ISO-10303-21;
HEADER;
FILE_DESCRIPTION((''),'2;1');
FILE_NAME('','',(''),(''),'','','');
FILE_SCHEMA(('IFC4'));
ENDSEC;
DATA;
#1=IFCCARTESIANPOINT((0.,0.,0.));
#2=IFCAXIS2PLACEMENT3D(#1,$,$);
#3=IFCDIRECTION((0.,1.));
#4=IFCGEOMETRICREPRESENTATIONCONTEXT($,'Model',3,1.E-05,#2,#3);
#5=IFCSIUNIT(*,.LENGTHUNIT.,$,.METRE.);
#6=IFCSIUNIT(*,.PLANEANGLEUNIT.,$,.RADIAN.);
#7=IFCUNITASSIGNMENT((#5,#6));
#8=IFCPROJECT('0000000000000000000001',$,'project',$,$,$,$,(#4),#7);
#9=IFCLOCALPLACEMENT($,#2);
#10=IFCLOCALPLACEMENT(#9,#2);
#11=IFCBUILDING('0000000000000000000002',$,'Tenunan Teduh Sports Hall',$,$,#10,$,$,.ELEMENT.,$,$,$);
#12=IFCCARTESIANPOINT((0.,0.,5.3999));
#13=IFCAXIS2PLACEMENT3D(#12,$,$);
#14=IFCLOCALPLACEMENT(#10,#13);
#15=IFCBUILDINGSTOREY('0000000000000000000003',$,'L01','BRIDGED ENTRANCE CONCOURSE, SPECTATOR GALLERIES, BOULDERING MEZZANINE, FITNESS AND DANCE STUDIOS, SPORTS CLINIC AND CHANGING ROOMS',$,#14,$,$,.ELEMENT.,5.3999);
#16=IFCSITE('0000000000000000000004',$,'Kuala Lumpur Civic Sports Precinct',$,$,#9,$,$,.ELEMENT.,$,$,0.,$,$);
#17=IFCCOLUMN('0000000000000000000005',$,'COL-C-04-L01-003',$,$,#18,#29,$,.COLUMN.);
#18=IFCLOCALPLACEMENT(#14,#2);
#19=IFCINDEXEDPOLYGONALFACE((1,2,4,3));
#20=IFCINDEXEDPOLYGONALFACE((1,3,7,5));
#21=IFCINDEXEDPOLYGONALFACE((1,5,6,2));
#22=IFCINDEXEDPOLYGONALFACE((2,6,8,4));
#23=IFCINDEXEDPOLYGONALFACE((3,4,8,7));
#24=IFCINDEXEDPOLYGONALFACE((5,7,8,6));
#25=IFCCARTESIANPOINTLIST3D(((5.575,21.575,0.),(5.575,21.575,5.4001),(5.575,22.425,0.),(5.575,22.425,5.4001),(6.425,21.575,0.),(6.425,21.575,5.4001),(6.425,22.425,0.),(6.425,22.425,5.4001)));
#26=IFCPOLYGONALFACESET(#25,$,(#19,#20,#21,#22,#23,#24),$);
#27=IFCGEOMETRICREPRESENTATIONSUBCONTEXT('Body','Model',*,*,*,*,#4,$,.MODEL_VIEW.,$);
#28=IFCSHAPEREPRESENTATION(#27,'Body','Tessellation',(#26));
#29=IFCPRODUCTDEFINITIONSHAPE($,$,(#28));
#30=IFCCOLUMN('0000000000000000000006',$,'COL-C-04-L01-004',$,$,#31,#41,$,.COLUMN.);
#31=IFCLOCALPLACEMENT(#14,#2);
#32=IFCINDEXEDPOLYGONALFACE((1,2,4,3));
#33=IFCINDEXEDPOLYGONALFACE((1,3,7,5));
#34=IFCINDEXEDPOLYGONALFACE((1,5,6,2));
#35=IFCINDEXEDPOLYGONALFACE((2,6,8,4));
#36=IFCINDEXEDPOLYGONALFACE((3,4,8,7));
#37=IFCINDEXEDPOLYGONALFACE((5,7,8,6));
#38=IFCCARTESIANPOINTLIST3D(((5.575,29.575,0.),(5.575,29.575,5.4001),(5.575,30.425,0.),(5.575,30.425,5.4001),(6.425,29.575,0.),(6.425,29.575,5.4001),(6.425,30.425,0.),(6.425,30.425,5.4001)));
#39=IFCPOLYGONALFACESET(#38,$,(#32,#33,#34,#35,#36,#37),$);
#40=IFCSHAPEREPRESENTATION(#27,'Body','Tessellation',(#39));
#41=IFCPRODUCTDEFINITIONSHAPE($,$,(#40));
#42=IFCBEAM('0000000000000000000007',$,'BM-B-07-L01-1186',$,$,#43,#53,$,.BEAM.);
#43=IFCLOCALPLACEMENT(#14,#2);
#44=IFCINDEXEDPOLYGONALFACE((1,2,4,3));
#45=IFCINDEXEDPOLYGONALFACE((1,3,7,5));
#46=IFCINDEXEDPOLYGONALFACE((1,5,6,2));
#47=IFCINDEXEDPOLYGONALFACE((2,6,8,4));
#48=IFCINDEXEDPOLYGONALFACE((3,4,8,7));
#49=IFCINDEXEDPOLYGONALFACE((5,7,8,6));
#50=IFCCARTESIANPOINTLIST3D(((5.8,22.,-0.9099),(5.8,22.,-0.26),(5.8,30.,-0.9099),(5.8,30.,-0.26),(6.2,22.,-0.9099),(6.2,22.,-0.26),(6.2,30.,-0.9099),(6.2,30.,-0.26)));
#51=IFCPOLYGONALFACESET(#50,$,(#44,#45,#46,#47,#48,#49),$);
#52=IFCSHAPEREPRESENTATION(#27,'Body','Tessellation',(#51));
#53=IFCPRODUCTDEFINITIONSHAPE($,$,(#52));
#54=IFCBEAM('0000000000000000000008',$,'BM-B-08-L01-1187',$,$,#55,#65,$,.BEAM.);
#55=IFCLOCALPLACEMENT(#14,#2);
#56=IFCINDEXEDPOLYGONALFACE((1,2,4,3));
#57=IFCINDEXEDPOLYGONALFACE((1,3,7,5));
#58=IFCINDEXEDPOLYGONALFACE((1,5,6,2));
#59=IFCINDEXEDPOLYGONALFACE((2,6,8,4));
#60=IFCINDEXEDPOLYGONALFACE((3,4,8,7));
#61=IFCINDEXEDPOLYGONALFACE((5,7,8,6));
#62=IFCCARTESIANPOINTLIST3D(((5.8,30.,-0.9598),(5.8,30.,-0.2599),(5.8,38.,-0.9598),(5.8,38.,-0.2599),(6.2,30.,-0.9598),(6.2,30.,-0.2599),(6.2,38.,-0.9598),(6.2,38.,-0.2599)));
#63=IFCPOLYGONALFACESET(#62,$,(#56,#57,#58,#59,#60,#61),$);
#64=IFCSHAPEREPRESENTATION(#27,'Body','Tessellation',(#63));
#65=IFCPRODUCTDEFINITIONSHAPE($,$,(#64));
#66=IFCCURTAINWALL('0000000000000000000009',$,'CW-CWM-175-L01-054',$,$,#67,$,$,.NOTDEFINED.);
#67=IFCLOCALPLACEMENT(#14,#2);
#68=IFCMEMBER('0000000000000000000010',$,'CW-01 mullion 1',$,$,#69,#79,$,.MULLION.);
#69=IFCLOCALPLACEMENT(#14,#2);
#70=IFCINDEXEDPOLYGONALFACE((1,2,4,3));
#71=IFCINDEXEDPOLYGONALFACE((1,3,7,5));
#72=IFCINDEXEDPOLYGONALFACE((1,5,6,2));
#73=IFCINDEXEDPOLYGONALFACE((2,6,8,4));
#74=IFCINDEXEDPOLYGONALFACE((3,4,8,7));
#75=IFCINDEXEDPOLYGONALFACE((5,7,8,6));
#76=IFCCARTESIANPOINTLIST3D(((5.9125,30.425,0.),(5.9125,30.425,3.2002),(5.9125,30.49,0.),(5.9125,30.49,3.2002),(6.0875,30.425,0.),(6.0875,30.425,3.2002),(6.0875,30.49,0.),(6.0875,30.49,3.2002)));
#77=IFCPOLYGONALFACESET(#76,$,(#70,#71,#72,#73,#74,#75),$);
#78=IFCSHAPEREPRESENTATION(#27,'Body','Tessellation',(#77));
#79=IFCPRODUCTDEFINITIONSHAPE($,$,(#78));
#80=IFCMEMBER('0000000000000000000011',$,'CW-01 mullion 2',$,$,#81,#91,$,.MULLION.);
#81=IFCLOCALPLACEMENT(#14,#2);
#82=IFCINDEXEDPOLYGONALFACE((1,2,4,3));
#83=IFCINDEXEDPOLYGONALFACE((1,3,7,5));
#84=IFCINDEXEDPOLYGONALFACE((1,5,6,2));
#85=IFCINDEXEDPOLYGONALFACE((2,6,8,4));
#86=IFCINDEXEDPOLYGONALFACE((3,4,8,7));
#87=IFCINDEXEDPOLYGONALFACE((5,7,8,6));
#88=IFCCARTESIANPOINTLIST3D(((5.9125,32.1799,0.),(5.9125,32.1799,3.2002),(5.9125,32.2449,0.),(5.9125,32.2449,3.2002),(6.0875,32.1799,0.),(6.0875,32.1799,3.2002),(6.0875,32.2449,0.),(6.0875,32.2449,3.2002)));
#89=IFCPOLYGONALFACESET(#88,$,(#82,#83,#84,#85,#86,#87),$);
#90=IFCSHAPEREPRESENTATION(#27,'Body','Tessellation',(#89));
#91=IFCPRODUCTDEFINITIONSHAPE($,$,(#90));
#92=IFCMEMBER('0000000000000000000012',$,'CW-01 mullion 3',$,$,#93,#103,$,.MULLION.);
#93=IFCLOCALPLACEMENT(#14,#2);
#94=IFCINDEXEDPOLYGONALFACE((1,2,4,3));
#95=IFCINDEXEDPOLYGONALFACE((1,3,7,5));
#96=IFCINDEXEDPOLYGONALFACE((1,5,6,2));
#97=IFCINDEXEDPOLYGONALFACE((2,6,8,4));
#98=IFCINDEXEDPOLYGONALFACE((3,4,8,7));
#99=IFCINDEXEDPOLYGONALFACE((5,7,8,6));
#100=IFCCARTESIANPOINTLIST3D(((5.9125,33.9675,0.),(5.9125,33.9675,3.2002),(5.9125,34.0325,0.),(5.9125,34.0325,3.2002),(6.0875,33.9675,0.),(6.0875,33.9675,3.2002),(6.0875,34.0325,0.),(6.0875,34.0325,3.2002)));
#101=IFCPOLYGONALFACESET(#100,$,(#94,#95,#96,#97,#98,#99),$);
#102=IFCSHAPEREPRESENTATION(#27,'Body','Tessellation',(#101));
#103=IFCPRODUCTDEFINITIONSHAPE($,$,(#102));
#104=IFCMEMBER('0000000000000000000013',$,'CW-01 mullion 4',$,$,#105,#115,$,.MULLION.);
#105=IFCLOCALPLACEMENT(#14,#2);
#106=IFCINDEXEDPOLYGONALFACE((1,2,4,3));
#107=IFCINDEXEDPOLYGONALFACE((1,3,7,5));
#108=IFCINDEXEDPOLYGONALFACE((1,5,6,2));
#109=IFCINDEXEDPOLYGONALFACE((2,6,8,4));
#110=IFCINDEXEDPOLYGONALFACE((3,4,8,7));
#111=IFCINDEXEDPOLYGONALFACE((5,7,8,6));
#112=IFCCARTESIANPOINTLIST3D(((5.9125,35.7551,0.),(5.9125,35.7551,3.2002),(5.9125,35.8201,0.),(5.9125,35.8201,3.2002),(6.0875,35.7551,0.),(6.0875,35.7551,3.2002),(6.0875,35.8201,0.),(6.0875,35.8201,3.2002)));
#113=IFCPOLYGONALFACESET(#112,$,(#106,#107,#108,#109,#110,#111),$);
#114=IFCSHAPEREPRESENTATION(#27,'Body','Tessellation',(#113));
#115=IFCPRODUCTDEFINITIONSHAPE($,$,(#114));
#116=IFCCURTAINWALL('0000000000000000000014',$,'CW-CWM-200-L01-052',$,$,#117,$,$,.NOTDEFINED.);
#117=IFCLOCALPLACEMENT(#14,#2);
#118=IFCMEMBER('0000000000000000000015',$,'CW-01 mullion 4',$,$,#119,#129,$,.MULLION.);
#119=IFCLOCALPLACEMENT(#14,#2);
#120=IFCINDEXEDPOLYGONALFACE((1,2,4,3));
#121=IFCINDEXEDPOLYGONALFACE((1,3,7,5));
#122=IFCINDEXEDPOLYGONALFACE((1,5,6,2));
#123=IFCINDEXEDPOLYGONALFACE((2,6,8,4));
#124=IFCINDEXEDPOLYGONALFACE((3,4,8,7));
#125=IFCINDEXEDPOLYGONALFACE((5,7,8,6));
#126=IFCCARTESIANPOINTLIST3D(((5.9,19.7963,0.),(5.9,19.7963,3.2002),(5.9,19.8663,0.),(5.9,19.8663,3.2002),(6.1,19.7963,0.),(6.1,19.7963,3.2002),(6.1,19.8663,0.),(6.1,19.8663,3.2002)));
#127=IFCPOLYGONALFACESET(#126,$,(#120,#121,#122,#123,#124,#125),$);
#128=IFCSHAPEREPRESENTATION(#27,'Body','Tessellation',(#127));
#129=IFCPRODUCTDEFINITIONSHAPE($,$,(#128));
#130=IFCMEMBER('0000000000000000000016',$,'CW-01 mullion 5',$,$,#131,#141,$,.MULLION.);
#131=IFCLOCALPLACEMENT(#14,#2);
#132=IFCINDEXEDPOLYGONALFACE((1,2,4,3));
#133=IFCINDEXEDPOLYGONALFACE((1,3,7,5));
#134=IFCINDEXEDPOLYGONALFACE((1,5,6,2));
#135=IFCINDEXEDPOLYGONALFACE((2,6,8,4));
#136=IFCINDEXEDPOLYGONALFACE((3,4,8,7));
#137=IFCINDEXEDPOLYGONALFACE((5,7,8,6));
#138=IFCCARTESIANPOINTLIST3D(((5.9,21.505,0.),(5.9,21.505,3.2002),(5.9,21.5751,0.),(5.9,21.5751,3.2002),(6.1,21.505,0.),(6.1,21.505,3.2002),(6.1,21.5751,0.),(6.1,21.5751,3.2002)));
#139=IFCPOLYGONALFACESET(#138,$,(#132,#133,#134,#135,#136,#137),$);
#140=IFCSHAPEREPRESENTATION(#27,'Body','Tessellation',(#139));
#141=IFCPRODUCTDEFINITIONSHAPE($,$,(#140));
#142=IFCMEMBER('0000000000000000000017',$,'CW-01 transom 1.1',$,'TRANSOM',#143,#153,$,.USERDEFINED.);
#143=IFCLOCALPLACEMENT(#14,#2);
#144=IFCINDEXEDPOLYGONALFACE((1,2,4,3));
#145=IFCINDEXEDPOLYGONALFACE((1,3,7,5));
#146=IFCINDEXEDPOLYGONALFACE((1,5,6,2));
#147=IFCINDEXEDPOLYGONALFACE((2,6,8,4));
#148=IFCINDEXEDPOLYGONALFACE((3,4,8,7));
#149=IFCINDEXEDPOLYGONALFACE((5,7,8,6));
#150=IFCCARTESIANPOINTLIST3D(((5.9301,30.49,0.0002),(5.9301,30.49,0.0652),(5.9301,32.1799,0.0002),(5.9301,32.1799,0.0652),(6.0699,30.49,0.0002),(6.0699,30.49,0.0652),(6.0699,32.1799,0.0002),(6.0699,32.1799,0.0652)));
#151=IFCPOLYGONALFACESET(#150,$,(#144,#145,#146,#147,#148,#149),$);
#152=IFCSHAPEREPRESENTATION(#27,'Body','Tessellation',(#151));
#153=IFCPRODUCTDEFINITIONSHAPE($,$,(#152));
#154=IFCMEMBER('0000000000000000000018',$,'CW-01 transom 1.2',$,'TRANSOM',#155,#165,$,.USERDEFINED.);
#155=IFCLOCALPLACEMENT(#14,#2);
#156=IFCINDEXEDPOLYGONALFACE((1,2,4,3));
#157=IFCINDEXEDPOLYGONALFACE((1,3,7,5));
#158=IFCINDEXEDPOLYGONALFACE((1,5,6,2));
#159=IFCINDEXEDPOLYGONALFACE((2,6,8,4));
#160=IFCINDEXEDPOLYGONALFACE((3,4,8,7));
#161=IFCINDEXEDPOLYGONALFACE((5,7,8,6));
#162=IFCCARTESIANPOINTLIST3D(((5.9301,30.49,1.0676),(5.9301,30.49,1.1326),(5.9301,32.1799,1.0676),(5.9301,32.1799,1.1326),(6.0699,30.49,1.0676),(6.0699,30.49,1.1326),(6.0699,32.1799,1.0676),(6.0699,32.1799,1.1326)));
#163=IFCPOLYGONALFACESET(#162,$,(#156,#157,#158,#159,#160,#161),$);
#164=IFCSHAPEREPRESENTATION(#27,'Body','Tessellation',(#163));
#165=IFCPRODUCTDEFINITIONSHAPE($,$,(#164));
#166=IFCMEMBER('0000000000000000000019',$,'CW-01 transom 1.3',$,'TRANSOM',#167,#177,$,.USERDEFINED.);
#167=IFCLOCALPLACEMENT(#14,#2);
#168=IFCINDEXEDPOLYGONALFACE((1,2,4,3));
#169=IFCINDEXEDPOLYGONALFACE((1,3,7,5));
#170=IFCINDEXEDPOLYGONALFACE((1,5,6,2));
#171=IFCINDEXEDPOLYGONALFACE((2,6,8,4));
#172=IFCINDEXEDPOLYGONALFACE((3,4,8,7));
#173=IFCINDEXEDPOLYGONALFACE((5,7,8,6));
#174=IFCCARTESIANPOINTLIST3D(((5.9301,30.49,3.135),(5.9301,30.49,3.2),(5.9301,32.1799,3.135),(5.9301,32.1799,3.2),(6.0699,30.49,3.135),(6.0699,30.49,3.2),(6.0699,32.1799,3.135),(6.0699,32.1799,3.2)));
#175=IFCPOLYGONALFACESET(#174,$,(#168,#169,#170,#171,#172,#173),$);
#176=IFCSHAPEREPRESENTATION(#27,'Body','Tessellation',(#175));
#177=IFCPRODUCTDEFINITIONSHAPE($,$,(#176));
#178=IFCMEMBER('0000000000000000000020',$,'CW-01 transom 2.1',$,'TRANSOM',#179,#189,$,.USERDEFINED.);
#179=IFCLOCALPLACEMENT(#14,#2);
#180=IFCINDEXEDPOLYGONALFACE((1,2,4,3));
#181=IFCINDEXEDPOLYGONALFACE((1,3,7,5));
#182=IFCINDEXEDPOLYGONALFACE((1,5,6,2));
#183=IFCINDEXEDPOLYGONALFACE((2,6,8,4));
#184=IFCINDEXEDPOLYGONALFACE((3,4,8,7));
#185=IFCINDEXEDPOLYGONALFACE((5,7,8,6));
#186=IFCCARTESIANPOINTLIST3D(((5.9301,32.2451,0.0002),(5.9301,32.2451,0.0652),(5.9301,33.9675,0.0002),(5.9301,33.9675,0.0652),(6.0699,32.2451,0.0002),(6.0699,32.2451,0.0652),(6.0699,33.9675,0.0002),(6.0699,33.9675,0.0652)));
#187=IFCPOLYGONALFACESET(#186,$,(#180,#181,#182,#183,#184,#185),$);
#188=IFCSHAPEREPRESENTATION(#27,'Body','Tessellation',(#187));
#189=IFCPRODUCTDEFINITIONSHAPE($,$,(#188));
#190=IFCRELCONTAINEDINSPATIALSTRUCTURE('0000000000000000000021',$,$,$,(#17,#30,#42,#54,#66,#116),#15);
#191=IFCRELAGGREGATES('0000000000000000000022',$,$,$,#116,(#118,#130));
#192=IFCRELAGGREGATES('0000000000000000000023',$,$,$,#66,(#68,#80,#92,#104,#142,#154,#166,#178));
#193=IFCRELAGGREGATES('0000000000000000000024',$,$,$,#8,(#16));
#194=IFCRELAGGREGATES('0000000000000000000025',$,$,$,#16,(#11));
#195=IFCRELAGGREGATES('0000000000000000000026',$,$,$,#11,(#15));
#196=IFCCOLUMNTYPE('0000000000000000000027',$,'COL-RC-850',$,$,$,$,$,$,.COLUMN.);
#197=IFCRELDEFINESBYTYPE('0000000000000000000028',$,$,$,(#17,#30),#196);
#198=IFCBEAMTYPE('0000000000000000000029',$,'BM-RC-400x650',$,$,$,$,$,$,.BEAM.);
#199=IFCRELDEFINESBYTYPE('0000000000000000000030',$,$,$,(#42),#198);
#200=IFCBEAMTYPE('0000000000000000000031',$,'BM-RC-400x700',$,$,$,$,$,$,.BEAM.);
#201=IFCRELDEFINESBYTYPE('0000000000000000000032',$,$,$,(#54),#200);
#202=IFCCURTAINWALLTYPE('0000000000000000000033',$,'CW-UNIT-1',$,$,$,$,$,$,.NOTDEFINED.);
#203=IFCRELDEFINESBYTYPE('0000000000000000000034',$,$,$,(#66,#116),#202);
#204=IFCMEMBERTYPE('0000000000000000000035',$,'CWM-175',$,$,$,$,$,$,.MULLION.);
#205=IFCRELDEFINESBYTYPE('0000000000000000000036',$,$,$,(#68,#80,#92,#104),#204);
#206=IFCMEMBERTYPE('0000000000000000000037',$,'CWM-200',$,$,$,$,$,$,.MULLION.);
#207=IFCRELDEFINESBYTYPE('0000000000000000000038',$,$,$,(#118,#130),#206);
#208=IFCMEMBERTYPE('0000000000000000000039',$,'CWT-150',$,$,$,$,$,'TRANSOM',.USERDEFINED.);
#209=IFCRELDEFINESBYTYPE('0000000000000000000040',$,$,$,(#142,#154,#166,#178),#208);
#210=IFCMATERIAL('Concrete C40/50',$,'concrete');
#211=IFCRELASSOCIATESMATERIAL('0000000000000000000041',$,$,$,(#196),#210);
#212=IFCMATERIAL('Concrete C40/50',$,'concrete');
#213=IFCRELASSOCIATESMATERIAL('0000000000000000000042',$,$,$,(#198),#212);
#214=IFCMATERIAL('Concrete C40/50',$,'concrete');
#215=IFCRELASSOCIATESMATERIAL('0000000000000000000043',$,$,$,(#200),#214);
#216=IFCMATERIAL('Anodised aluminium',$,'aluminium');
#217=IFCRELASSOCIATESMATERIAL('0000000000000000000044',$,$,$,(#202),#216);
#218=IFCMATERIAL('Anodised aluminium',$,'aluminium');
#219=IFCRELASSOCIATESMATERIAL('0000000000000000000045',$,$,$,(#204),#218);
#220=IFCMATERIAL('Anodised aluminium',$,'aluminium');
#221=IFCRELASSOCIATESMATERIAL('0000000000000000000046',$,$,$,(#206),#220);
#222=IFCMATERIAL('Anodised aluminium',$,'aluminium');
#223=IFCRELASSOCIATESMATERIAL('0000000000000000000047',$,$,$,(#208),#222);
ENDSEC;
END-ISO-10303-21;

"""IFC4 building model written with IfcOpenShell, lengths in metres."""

from ifc_helpers import new_model, si_unit, direction, frame, origin, origin_2d, place, context, subcontext, project, spatial, rectangle, extrude, material, material_profile, profile_set, type_object, element, aggregate, save


model = new_model("IFC4")

# Units and contexts
model_context = context("Model", 3, precision=1e-05, world=origin(), true_north=direction((0.0, 1.0)))
body_context = subcontext(model_context, "Body", "Model", "MODEL_VIEW")
ifc_project = project(units=[si_unit("LENGTHUNIT", "METRE"), si_unit("PLANEANGLEUNIT", "RADIAN")], contexts=[model_context])

# Site, building, storey
site_placement = place(None, origin())
site = spatial("IfcSite", under=ifc_project, at=site_placement, Name="Kuala Lumpur Civic Sports Precinct", CompositionType="ELEMENT", RefElevation=0.0)
building_placement = place(site_placement, origin())
building = spatial("IfcBuilding", under=site, at=building_placement, Name="Tenunan Teduh Sports Hall", CompositionType="ELEMENT")
storey_placement = place(building_placement, frame((0.0, 0.0, 5.3999)))
storey = spatial("IfcBuildingStorey", under=building, at=storey_placement, Name="L01", Description="BRIDGED ENTRANCE CONCOURSE, SPECTATOR GALLERIES, BOULDERING MEZZANINE, FITNESS AND DANCE STUDIOS, SPORTS CLINIC AND CHANGING ROOMS", CompositionType="ELEMENT", Elevation=5.3999)

# Columns
ifc_material_1 = material(Name="Concrete C40/50", Category="concrete")
ifc_material_profile_1 = material_profile(ifc_material_1, rectangle(XDim=0.8501, YDim=0.8501, at=origin_2d()), Name="RC 850x850")
ifc_profile_set_1 = profile_set([ifc_material_profile_1], Name="Concrete C40/50")
column_type = type_object("IfcColumnType", Name="COL-RC-850", PredefinedType="COLUMN", material=ifc_profile_set_1)
for number, where, z_axis, x_axis, name in (
    (1, (6.0, 22.0, 0.0), (0.0, 0.0, 1.0), (1.0, 0.0, 0.0), "COL-C-04-L01-003"),
    (2, (6.0, 30.0, 0.0), (0.0, 0.0, 1.0), (1.0, 0.0, 0.0), "COL-C-04-L01-004"),
):
    element("IfcColumn", number, at=place(storey_placement, frame(where, z_axis=z_axis, x_axis=x_axis)), inside=storey, type_object=column_type, Name=name, PredefinedType="COLUMN", context=body_context, shape_type="SweptSolid", body=[
        extrude(rectangle(XDim=0.8501, YDim=0.8501, at=origin_2d()), origin(), (0.0, 0.0, 1.0), 5.4001),
    ])

# Beams
ifc_material_2 = material(Name="Concrete C40/50", Category="concrete")
ifc_material_profile_2 = material_profile(ifc_material_2, rectangle(XDim=0.3999, YDim=0.6499, at=origin_2d()), Name="RCB 400x650")
ifc_profile_set_2 = profile_set([ifc_material_profile_2], Name="Concrete C40/50")
beam_type_1 = type_object("IfcBeamType", Name="BM-RC-400x650", PredefinedType="BEAM", material=ifc_profile_set_2)
beam_1_placement = place(storey_placement, frame((6.0, 22.0, -0.585), z_axis=(0.0, 1.0, 0.0), x_axis=(-1.0, 0.0, 0.0)))
element("IfcBeam", 3, at=beam_1_placement, inside=storey, type_object=beam_type_1, Name="BM-B-07-L01-1186", PredefinedType="BEAM", context=body_context, shape_type="SweptSolid", body=[
    extrude(rectangle(XDim=0.3999, YDim=0.6499, at=origin_2d()), origin(), (0.0, 0.0, 1.0), 8.0),
])
ifc_material_3 = material(Name="Concrete C40/50", Category="concrete")
ifc_material_profile_3 = material_profile(ifc_material_3, rectangle(XDim=0.3999, YDim=0.7, at=origin_2d()), Name="RCB 400x700")
ifc_profile_set_3 = profile_set([ifc_material_profile_3], Name="Concrete C40/50")
beam_type_2 = type_object("IfcBeamType", Name="BM-RC-400x700", PredefinedType="BEAM", material=ifc_profile_set_3)
beam_2_placement = place(storey_placement, frame((6.0, 30.0, -0.6099), z_axis=(0.0, 1.0, 0.0), x_axis=(-1.0, 0.0, 0.0)))
element("IfcBeam", 4, at=beam_2_placement, inside=storey, type_object=beam_type_2, Name="BM-B-08-L01-1187", PredefinedType="BEAM", context=body_context, shape_type="SweptSolid", body=[
    extrude(rectangle(XDim=0.3999, YDim=0.7, at=origin_2d()), origin(), (0.0, 0.0, 1.0), 8.0),
])

# Curtain walls, members
ifc_material_4 = material(Name="Anodised aluminium", Category="aluminium")
curtain_wall_type = type_object("IfcCurtainWallType", Name="CW-UNIT-1", PredefinedType="NOTDEFINED", material=ifc_material_4)
curtain_wall_1_placement = place(storey_placement, origin())
curtain_wall_1 = element("IfcCurtainWall", 5, at=curtain_wall_1_placement, inside=storey, type_object=curtain_wall_type, Name="CW-CWM-175-L01-054", PredefinedType="NOTDEFINED")
ifc_material_5 = material(Name="Anodised aluminium", Category="aluminium")
ifc_material_profile_4 = material_profile(ifc_material_5, rectangle(XDim=0.0649, YDim=0.175, at=origin_2d()), Name="CWM 65x175")
ifc_profile_set_4 = profile_set([ifc_material_profile_4], Name="Anodised aluminium")
member_type_1 = type_object("IfcMemberType", Name="CWM-175", PredefinedType="MULLION", material=ifc_profile_set_4)
member_1_placement = place(storey_placement, frame((6.0, 30.4575, 0.0), z_axis=(0.0, 0.0, 1.0), x_axis=(0.0, 1.0, 0.0)))
member_1 = element("IfcMember", 6, at=member_1_placement, type_object=member_type_1, Name="CW-01 mullion 1", PredefinedType="MULLION", context=body_context, shape_type="SweptSolid", body=[
    extrude(rectangle(XDim=0.0649, YDim=0.175, at=origin_2d()), origin(), (0.0, 0.0, 1.0), 3.2002),
])
member_2_placement = place(storey_placement, frame((6.0, 32.2124, 0.0), z_axis=(0.0, 0.0, 1.0), x_axis=(0.0, 1.0, 0.0)))
member_2 = element("IfcMember", 7, at=member_2_placement, type_object=member_type_1, Name="CW-01 mullion 2", PredefinedType="MULLION", context=body_context, shape_type="SweptSolid", body=[
    extrude(rectangle(XDim=0.0649, YDim=0.175, at=origin_2d()), origin(), (0.0, 0.0, 1.0), 3.2002),
])
member_3_placement = place(storey_placement, frame((6.0, 34.0, 0.0), z_axis=(0.0, 0.0, 1.0), x_axis=(0.0, 1.0, 0.0)))
member_3 = element("IfcMember", 8, at=member_3_placement, type_object=member_type_1, Name="CW-01 mullion 3", PredefinedType="MULLION", context=body_context, shape_type="SweptSolid", body=[
    extrude(rectangle(XDim=0.0649, YDim=0.175, at=origin_2d()), origin(), (0.0, 0.0, 1.0), 3.2002),
])
member_4_placement = place(storey_placement, frame((6.0, 35.7876, 0.0), z_axis=(0.0, 0.0, 1.0), x_axis=(0.0, 1.0, 0.0)))
member_4 = element("IfcMember", 9, at=member_4_placement, type_object=member_type_1, Name="CW-01 mullion 4", PredefinedType="MULLION", context=body_context, shape_type="SweptSolid", body=[
    extrude(rectangle(XDim=0.0649, YDim=0.175, at=origin_2d()), origin(), (0.0, 0.0, 1.0), 3.2002),
])
curtain_wall_2_placement = place(storey_placement, origin())
curtain_wall_2 = element("IfcCurtainWall", 10, at=curtain_wall_2_placement, inside=storey, type_object=curtain_wall_type, Name="CW-CWM-200-L01-052", PredefinedType="NOTDEFINED")
ifc_material_6 = material(Name="Anodised aluminium", Category="aluminium")
ifc_material_profile_5 = material_profile(ifc_material_6, rectangle(XDim=0.0701, YDim=0.2, at=origin_2d()), Name="CWM 70x200")
ifc_profile_set_5 = profile_set([ifc_material_profile_5], Name="Anodised aluminium")
member_type_2 = type_object("IfcMemberType", Name="CWM-200", PredefinedType="MULLION", material=ifc_profile_set_5)
member_5_placement = place(storey_placement, frame((6.0, 19.8313, 0.0), z_axis=(0.0, 0.0, 1.0), x_axis=(0.0, 1.0, 0.0)))
member_5 = element("IfcMember", 11, at=member_5_placement, type_object=member_type_2, Name="CW-01 mullion 4", PredefinedType="MULLION", context=body_context, shape_type="SweptSolid", body=[
    extrude(rectangle(XDim=0.0701, YDim=0.2, at=origin_2d()), origin(), (0.0, 0.0, 1.0), 3.2002),
])
member_6_placement = place(storey_placement, frame((6.0, 21.54, 0.0), z_axis=(0.0, 0.0, 1.0), x_axis=(0.0, 1.0, 0.0)))
member_6 = element("IfcMember", 12, at=member_6_placement, type_object=member_type_2, Name="CW-01 mullion 5", PredefinedType="MULLION", context=body_context, shape_type="SweptSolid", body=[
    extrude(rectangle(XDim=0.0701, YDim=0.2, at=origin_2d()), origin(), (0.0, 0.0, 1.0), 3.2002),
])

# Members
ifc_material_7 = material(Name="Anodised aluminium", Category="aluminium")
ifc_material_profile_6 = material_profile(ifc_material_7, rectangle(XDim=0.0649, YDim=0.1399, at=origin_2d()), Name="CWT 65x140")
ifc_profile_set_6 = profile_set([ifc_material_profile_6], Name="Anodised aluminium")
member_type_3 = type_object("IfcMemberType", Name="CWT-150", ElementType="TRANSOM", PredefinedType="USERDEFINED", material=ifc_profile_set_6)
member_7_placement = place(storey_placement, frame((6.0, 30.49, 0.0327), z_axis=(0.0, 1.0, 0.0), x_axis=(0.0, 0.0, 1.0)))
member_7 = element("IfcMember", 13, at=member_7_placement, type_object=member_type_3, Name="CW-01 transom 1.1", ObjectType="TRANSOM", PredefinedType="USERDEFINED", context=body_context, shape_type="SweptSolid", body=[
    extrude(rectangle(XDim=0.0649, YDim=0.1399, at=origin_2d()), origin(), (0.0, 0.0, 1.0), 1.6899),
])
member_8_placement = place(storey_placement, frame((6.0, 30.49, 1.1001), z_axis=(0.0, 1.0, 0.0), x_axis=(0.0, 0.0, 1.0)))
member_8 = element("IfcMember", 14, at=member_8_placement, type_object=member_type_3, Name="CW-01 transom 1.2", ObjectType="TRANSOM", PredefinedType="USERDEFINED", context=body_context, shape_type="SweptSolid", body=[
    extrude(rectangle(XDim=0.0649, YDim=0.1399, at=origin_2d()), origin(), (0.0, 0.0, 1.0), 1.6899),
])
member_9_placement = place(storey_placement, frame((6.0, 30.49, 3.1675), z_axis=(0.0, 1.0, 0.0), x_axis=(0.0, 0.0, 1.0)))
member_9 = element("IfcMember", 15, at=member_9_placement, type_object=member_type_3, Name="CW-01 transom 1.3", ObjectType="TRANSOM", PredefinedType="USERDEFINED", context=body_context, shape_type="SweptSolid", body=[
    extrude(rectangle(XDim=0.0649, YDim=0.1399, at=origin_2d()), origin(), (0.0, 0.0, 1.0), 1.6899),
])
member_10_placement = place(storey_placement, frame((6.0, 32.2451, 0.0327), z_axis=(0.0, 1.0, 0.0), x_axis=(0.0, 0.0, 1.0)))
member_10 = element("IfcMember", 16, at=member_10_placement, type_object=member_type_3, Name="CW-01 transom 2.1", ObjectType="TRANSOM", PredefinedType="USERDEFINED", context=body_context, shape_type="SweptSolid", body=[
    extrude(rectangle(XDim=0.0649, YDim=0.1399, at=origin_2d()), origin(), (0.0, 0.0, 1.0), 1.7224),
])

aggregate(curtain_wall_2, [member_5, member_6])
aggregate(curtain_wall_1, [member_1, member_2, member_3, member_4, member_7, member_8, member_9, member_10])

save(model, "model.ifc")
